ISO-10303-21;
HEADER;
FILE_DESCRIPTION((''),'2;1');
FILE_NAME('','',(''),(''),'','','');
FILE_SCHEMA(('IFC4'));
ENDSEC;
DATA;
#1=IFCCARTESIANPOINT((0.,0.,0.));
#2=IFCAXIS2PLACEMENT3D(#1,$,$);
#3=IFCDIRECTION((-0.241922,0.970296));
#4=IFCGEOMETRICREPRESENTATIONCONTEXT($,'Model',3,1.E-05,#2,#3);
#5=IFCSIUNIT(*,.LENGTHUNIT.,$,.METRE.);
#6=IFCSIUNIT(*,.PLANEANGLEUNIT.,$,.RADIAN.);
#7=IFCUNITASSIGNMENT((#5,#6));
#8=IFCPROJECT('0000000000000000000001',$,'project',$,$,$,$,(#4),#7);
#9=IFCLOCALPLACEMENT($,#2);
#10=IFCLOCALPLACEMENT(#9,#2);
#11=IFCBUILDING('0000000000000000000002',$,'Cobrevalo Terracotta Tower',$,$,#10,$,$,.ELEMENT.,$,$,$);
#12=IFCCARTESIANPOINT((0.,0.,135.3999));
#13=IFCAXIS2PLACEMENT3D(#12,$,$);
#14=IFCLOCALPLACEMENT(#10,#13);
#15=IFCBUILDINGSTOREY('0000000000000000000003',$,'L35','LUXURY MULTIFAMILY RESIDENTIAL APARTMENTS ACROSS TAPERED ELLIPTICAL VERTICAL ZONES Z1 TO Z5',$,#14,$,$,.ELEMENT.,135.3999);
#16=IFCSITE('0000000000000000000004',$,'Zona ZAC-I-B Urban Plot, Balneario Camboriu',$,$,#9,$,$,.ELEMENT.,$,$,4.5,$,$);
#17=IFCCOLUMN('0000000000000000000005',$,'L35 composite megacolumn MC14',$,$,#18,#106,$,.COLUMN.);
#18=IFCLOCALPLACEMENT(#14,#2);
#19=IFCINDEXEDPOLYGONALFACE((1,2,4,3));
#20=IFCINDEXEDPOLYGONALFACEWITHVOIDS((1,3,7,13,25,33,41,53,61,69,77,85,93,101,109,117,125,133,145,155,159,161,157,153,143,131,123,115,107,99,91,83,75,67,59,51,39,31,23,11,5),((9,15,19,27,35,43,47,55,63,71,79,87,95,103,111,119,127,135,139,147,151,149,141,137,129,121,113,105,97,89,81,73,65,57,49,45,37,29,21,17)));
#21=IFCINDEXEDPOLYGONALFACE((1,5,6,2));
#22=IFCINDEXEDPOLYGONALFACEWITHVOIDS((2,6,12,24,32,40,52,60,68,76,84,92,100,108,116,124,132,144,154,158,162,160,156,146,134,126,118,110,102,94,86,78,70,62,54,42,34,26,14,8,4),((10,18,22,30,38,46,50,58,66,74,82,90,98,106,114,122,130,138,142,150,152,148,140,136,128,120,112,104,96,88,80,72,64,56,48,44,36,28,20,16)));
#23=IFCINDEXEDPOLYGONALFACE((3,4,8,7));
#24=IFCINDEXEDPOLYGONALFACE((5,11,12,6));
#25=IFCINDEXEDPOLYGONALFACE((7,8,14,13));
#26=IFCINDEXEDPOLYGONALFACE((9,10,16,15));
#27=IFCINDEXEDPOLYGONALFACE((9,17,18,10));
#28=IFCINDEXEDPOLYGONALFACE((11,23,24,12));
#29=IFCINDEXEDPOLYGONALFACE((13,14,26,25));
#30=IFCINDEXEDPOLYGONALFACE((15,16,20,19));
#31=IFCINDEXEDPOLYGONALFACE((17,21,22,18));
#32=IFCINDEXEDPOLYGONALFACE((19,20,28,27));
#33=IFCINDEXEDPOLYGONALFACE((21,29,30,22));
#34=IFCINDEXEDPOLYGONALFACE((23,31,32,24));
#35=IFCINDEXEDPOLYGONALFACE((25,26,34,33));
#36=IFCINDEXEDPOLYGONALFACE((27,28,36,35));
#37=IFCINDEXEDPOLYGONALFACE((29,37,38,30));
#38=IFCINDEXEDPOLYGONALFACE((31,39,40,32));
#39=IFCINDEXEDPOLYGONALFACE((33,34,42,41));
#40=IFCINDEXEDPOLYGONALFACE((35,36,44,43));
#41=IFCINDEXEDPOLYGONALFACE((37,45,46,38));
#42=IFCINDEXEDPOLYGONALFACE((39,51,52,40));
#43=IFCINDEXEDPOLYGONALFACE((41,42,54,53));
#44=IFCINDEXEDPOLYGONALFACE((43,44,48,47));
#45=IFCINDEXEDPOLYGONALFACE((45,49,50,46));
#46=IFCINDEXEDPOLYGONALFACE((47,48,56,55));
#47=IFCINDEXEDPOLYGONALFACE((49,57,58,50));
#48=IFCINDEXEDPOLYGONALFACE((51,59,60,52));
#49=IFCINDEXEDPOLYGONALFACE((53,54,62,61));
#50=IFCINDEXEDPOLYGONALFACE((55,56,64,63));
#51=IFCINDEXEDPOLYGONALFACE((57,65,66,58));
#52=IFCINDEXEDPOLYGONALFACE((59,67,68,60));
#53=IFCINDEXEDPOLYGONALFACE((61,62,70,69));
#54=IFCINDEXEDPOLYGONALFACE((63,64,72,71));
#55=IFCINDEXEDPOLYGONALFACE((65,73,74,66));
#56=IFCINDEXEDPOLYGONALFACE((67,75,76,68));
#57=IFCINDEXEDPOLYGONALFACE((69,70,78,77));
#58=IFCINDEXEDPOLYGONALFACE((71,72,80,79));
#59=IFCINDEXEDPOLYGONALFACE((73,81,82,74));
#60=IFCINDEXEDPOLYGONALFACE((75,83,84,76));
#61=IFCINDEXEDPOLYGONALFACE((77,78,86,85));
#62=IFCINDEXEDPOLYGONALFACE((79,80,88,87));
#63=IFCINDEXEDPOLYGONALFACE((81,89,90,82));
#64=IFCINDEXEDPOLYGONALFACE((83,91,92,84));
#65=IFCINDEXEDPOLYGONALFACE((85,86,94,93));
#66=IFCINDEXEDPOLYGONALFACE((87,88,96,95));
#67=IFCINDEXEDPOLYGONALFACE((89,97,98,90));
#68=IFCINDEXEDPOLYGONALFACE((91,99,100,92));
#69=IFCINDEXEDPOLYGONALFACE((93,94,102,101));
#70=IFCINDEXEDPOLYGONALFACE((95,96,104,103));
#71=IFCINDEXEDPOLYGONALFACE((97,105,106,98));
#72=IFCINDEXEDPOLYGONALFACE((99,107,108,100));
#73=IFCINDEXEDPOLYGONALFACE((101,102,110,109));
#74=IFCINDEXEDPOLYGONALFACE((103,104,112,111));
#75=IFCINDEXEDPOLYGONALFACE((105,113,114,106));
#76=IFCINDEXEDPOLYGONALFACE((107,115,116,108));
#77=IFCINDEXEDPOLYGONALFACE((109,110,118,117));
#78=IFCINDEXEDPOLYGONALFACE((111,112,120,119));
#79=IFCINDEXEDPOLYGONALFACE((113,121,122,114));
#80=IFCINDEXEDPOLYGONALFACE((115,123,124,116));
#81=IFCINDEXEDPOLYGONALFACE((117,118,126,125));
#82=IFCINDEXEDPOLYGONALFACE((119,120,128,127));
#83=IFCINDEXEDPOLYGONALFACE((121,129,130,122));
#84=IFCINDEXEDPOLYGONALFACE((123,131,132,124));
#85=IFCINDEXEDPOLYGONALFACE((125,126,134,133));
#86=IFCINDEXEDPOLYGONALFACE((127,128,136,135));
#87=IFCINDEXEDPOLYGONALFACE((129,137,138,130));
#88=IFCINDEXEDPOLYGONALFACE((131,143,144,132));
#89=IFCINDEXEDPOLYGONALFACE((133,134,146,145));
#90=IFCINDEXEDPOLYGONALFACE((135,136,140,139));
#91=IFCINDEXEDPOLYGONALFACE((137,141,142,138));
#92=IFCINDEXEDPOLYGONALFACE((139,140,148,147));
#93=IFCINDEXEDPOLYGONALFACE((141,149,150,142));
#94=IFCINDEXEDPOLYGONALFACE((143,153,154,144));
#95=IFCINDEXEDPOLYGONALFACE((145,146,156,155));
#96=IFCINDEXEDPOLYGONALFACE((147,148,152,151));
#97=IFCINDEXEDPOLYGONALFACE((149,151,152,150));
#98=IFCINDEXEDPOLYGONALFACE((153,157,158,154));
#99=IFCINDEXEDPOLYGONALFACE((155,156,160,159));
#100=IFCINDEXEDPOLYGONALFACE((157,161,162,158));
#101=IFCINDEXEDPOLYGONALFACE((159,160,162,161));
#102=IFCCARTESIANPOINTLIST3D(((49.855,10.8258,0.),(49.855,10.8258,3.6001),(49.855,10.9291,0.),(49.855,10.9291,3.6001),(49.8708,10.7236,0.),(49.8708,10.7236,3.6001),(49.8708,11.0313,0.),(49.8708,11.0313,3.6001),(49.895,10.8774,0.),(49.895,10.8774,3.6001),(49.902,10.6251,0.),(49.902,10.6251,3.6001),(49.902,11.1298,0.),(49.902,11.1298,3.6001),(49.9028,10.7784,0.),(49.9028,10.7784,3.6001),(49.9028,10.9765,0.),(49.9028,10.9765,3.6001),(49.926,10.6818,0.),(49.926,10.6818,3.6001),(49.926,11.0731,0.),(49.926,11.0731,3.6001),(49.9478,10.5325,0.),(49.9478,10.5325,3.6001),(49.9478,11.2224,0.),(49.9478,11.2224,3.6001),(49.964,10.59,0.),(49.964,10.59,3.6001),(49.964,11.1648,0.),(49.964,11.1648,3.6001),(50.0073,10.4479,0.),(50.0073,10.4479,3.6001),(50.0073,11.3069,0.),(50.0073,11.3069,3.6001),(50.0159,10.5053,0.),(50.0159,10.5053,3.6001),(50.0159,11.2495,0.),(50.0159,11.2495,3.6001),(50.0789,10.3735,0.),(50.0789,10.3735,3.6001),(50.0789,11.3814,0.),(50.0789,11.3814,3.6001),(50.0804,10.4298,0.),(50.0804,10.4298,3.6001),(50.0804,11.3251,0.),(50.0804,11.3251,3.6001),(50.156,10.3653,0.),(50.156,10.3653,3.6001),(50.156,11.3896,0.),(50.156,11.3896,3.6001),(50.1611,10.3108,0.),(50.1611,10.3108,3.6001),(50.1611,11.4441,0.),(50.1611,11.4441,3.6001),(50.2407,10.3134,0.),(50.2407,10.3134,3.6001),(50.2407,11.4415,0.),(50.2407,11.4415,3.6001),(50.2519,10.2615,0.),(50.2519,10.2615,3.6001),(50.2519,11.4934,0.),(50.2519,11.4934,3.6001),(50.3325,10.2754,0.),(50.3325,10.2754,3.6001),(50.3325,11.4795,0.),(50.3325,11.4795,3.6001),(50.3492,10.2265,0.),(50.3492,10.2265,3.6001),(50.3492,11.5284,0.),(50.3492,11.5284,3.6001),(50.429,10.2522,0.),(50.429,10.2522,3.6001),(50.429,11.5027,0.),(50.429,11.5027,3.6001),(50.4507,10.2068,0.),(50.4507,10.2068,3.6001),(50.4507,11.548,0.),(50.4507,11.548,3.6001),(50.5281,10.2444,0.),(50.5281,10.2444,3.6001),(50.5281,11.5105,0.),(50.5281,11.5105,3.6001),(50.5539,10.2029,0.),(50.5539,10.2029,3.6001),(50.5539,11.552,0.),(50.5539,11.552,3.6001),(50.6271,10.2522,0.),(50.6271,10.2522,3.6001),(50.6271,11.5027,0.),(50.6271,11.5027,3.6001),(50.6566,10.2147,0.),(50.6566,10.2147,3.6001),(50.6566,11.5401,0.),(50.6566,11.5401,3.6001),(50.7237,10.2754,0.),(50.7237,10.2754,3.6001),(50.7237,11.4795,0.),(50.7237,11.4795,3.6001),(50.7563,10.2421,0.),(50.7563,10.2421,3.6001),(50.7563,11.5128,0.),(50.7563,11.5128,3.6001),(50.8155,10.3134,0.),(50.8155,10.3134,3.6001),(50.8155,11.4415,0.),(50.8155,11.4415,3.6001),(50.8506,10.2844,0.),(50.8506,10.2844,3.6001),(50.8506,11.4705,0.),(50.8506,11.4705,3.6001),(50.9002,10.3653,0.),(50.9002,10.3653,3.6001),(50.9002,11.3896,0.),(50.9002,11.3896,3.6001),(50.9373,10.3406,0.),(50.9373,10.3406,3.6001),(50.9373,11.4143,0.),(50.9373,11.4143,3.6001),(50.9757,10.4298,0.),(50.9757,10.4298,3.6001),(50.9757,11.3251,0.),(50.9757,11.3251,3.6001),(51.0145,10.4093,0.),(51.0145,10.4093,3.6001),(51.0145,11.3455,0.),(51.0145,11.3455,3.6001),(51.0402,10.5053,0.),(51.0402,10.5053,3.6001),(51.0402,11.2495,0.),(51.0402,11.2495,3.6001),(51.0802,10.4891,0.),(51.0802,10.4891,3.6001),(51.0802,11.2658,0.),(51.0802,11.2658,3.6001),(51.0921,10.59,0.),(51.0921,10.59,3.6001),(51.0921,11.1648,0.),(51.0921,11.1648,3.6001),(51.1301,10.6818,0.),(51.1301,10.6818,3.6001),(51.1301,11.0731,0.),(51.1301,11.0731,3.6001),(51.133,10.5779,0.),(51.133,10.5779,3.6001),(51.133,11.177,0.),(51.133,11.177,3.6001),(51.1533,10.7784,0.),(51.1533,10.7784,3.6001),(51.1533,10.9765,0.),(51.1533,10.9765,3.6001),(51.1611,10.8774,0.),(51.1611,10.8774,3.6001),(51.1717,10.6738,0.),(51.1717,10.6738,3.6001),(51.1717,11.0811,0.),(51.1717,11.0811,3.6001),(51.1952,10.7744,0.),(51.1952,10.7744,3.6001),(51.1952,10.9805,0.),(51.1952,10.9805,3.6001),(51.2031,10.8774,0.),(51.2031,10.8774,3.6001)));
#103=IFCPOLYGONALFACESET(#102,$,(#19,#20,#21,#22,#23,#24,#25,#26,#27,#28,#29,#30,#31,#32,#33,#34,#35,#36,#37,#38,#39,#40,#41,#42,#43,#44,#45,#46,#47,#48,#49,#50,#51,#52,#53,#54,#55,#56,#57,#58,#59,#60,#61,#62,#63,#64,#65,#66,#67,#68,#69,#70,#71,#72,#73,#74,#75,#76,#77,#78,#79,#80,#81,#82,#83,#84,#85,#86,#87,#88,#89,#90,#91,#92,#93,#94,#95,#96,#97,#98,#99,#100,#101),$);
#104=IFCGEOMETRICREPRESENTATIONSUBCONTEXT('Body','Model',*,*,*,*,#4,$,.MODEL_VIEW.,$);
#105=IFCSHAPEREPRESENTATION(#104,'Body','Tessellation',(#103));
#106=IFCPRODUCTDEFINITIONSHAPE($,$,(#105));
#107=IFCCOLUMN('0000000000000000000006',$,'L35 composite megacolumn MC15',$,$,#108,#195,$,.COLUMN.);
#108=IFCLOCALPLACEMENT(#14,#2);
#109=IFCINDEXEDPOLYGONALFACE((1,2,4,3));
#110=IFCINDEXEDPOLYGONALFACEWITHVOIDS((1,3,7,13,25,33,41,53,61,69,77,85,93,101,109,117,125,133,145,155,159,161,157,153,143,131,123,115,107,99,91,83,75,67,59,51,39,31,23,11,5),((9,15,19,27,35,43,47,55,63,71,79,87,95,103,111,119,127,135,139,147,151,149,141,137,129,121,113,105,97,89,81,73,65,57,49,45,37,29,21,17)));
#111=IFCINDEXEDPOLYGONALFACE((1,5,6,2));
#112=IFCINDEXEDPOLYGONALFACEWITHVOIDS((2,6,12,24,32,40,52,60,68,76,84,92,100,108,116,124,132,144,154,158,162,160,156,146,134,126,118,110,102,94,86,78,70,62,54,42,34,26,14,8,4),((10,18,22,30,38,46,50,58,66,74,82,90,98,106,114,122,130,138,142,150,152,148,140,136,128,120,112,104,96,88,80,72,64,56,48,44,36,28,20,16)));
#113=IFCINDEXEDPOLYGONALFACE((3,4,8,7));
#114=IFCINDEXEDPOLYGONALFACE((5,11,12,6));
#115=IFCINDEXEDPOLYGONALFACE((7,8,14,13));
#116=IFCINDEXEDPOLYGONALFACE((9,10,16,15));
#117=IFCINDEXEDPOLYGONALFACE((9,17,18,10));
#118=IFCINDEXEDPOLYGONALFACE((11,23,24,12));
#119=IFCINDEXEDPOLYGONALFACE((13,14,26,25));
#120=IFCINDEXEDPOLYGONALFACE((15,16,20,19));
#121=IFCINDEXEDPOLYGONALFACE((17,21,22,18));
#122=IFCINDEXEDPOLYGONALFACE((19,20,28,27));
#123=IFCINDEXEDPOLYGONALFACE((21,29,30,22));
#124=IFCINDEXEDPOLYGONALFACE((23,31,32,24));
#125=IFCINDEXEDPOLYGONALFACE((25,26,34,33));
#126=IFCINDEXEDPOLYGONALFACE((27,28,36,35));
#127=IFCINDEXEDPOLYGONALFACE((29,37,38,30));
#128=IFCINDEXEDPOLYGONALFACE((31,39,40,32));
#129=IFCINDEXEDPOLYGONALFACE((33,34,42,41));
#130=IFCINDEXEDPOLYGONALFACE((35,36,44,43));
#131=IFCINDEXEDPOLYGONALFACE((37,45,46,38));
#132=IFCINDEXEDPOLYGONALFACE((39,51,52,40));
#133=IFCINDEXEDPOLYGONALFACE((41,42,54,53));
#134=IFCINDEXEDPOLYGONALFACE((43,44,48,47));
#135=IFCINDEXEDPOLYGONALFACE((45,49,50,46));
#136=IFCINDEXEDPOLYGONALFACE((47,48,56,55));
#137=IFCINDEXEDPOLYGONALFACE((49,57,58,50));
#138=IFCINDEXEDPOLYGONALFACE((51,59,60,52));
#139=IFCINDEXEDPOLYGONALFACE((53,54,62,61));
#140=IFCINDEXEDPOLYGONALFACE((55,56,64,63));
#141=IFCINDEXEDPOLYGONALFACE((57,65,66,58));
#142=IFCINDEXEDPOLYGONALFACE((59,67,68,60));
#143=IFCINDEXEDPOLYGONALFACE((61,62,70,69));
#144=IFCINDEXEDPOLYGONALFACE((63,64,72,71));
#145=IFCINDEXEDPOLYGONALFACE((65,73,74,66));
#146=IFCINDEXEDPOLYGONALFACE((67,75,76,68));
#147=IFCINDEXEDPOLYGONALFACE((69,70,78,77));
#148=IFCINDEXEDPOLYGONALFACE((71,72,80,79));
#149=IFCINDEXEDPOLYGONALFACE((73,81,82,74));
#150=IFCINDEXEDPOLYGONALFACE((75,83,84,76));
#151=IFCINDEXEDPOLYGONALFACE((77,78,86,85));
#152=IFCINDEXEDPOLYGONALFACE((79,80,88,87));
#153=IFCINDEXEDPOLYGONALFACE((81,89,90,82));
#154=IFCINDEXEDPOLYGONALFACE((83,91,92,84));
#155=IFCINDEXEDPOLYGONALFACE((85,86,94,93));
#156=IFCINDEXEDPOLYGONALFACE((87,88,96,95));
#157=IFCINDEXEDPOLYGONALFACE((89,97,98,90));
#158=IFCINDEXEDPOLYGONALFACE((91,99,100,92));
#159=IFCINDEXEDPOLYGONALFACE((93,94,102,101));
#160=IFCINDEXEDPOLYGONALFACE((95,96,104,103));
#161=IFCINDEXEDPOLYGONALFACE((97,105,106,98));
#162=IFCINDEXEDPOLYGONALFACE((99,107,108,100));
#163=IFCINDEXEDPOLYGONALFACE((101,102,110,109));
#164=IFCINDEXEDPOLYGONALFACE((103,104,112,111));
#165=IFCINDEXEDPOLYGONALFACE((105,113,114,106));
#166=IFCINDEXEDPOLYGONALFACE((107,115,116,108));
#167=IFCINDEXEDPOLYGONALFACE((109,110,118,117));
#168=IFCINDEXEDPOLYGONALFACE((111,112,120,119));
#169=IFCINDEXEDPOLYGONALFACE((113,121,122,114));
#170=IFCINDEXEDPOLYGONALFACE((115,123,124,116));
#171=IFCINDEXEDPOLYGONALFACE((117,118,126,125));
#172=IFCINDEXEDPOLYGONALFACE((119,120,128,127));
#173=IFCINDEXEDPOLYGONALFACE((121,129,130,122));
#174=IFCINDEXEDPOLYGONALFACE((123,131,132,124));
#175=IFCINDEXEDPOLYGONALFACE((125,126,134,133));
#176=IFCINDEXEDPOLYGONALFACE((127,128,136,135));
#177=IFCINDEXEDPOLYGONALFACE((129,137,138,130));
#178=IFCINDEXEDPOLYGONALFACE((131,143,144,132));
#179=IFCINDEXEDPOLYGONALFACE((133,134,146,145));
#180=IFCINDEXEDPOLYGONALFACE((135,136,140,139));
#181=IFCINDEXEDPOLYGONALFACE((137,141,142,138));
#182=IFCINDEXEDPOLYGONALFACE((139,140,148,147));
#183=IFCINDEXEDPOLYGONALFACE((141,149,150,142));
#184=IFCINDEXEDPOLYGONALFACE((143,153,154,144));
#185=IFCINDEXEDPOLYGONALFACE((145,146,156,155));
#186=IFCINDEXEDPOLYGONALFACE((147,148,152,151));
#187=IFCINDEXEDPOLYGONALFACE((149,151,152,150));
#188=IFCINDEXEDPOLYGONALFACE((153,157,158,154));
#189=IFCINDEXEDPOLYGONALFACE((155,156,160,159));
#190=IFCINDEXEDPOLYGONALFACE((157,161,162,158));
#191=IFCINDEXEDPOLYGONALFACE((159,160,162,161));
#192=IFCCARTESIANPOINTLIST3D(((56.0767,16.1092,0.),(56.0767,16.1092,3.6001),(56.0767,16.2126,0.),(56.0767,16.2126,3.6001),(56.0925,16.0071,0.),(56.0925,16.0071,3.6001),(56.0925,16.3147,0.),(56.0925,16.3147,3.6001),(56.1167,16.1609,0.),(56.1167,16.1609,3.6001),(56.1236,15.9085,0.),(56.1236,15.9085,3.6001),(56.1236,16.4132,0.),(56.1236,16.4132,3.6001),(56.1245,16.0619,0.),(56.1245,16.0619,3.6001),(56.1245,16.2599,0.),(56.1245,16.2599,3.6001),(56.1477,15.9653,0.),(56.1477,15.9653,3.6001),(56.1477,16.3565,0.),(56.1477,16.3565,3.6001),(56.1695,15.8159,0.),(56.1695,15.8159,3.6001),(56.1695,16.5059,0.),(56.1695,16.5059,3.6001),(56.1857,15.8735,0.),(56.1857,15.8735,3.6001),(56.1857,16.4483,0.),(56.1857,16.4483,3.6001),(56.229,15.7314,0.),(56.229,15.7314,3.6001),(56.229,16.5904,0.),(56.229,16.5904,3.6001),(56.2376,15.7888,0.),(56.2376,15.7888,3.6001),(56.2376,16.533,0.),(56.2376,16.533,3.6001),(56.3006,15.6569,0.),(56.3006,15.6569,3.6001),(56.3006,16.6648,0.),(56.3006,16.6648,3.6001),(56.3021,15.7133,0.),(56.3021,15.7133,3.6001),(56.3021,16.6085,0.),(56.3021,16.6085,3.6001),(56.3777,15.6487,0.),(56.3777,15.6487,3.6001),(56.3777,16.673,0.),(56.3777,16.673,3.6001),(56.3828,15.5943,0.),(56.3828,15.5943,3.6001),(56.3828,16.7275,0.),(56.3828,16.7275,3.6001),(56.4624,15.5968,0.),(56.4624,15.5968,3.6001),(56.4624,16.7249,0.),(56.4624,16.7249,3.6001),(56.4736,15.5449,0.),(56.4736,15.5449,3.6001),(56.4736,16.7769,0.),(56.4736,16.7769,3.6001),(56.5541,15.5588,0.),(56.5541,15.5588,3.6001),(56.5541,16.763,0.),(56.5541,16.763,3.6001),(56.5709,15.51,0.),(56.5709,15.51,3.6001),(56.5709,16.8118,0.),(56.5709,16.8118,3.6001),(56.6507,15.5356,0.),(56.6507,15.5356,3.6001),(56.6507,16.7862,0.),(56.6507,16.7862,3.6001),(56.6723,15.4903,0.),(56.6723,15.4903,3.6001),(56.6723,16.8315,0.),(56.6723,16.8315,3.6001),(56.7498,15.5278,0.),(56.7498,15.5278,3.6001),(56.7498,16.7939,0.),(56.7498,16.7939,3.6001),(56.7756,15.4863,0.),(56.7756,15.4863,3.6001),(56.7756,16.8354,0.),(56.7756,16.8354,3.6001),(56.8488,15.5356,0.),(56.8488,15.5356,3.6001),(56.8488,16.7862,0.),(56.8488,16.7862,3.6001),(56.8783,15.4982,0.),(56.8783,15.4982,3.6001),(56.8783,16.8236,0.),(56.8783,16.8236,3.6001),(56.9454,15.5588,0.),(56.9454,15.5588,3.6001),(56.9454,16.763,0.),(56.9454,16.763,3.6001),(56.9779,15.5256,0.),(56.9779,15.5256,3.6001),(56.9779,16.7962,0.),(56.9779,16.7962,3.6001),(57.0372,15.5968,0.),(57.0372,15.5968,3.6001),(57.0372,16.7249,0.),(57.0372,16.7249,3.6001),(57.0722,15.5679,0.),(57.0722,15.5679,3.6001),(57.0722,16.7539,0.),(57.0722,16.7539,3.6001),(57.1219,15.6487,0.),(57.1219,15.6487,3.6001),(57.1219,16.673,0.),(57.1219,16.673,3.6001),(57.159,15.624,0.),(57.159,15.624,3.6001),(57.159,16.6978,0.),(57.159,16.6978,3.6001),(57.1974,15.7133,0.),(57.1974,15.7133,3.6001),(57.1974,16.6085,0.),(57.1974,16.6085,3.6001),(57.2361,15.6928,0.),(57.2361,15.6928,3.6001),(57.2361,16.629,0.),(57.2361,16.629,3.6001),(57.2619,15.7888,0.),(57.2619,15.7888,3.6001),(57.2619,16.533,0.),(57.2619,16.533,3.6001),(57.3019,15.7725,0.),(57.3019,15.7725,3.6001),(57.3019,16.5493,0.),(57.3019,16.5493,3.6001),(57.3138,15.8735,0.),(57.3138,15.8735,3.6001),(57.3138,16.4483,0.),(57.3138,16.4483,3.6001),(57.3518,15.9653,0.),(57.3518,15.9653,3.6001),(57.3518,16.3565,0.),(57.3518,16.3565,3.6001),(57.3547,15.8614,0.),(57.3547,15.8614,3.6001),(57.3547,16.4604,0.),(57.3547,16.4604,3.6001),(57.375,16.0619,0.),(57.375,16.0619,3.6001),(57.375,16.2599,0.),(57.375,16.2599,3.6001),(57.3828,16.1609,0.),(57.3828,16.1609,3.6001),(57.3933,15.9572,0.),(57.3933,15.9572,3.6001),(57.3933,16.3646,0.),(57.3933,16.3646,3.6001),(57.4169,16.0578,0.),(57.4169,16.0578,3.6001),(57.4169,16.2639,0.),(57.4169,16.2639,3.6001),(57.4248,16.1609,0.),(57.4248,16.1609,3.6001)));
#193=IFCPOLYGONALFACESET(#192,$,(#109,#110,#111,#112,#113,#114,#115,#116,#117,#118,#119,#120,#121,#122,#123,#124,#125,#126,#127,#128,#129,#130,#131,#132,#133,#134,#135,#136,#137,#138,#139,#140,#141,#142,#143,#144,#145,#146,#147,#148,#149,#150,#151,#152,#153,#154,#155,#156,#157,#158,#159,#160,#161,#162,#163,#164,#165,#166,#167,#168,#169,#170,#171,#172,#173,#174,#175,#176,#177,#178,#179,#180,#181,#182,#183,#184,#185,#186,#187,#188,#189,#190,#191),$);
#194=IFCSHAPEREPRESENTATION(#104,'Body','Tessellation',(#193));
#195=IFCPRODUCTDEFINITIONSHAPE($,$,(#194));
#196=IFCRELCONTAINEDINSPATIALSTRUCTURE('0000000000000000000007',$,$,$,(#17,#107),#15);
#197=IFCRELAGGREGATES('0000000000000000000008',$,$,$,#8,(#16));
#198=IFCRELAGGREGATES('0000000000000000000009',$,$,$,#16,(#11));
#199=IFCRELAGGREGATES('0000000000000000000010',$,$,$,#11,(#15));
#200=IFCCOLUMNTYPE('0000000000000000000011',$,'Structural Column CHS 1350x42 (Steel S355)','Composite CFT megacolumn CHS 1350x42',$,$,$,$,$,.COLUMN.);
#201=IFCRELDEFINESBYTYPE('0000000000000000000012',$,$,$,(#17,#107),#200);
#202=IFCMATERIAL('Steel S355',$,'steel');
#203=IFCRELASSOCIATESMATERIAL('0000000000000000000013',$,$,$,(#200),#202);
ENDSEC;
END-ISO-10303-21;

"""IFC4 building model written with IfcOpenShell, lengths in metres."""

from ifc_helpers import new_model, si_unit, direction, frame, origin, origin_2d, place, context, subcontext, project, spatial, hollow_circle, extrude, material, material_profile, profile_set, type_object, element, save


model = new_model("IFC4")

# Units and contexts
model_context = context("Model", 3, precision=1e-05, world=origin(), true_north=direction((-0.241922, 0.970296)))
body_context = subcontext(model_context, "Body", "Model", "MODEL_VIEW")
ifc_project = project(units=[si_unit("LENGTHUNIT", "METRE"), si_unit("PLANEANGLEUNIT", "RADIAN")], contexts=[model_context])

# Site, building, storey
site_placement = place(None, origin())
site = spatial("IfcSite", under=ifc_project, at=site_placement, Name="Zona ZAC-I-B Urban Plot, Balneario Camboriu", CompositionType="ELEMENT", RefElevation=4.5)
building_placement = place(site_placement, origin())
building = spatial("IfcBuilding", under=site, at=building_placement, Name="Cobrevalo Terracotta Tower", CompositionType="ELEMENT")
storey_placement = place(building_placement, frame((0.0, 0.0, 135.3999)))
storey = spatial("IfcBuildingStorey", under=building, at=storey_placement, Name="L35", Description="LUXURY MULTIFAMILY RESIDENTIAL APARTMENTS ACROSS TAPERED ELLIPTICAL VERTICAL ZONES Z1 TO Z5", CompositionType="ELEMENT", Elevation=135.3999)

# Columns
ifc_material_1 = material(Name="Steel S355", Category="steel")
ifc_material_profile_1 = material_profile(ifc_material_1, hollow_circle(Radius=0.675, WallThickness=0.042, at=origin_2d()), Name="CHS 1350x42")
ifc_profile_set_1 = profile_set([ifc_material_profile_1], Name="Steel S355")
column_type = type_object("IfcColumnType", Name="Structural Column CHS 1350x42 (Steel S355)", Description="Composite CFT megacolumn CHS 1350x42", PredefinedType="COLUMN", material=ifc_profile_set_1)
for number, where, z_axis, x_axis, name in (
    (1, (50.5281, 10.8774, 0.0), (0.0, 0.0, 1.0), (1.0, 0.0, 0.0), "L35 composite megacolumn MC14"),
    (2, (56.7498, 16.1609, 0.0), (0.0, 0.0, 1.0), (1.0, 0.0, 0.0), "L35 composite megacolumn MC15"),
):
    element("IfcColumn", number, at=place(storey_placement, frame(where, z_axis=z_axis, x_axis=x_axis)), inside=storey, type_object=column_type, Name=name, PredefinedType="COLUMN", context=body_context, shape_type="SweptSolid", body=[
        extrude(hollow_circle(Radius=0.675, WallThickness=0.042, at=origin_2d()), origin(), (0.0, 0.0, 1.0), 3.6001),
    ])

save(model, "model.ifc")
